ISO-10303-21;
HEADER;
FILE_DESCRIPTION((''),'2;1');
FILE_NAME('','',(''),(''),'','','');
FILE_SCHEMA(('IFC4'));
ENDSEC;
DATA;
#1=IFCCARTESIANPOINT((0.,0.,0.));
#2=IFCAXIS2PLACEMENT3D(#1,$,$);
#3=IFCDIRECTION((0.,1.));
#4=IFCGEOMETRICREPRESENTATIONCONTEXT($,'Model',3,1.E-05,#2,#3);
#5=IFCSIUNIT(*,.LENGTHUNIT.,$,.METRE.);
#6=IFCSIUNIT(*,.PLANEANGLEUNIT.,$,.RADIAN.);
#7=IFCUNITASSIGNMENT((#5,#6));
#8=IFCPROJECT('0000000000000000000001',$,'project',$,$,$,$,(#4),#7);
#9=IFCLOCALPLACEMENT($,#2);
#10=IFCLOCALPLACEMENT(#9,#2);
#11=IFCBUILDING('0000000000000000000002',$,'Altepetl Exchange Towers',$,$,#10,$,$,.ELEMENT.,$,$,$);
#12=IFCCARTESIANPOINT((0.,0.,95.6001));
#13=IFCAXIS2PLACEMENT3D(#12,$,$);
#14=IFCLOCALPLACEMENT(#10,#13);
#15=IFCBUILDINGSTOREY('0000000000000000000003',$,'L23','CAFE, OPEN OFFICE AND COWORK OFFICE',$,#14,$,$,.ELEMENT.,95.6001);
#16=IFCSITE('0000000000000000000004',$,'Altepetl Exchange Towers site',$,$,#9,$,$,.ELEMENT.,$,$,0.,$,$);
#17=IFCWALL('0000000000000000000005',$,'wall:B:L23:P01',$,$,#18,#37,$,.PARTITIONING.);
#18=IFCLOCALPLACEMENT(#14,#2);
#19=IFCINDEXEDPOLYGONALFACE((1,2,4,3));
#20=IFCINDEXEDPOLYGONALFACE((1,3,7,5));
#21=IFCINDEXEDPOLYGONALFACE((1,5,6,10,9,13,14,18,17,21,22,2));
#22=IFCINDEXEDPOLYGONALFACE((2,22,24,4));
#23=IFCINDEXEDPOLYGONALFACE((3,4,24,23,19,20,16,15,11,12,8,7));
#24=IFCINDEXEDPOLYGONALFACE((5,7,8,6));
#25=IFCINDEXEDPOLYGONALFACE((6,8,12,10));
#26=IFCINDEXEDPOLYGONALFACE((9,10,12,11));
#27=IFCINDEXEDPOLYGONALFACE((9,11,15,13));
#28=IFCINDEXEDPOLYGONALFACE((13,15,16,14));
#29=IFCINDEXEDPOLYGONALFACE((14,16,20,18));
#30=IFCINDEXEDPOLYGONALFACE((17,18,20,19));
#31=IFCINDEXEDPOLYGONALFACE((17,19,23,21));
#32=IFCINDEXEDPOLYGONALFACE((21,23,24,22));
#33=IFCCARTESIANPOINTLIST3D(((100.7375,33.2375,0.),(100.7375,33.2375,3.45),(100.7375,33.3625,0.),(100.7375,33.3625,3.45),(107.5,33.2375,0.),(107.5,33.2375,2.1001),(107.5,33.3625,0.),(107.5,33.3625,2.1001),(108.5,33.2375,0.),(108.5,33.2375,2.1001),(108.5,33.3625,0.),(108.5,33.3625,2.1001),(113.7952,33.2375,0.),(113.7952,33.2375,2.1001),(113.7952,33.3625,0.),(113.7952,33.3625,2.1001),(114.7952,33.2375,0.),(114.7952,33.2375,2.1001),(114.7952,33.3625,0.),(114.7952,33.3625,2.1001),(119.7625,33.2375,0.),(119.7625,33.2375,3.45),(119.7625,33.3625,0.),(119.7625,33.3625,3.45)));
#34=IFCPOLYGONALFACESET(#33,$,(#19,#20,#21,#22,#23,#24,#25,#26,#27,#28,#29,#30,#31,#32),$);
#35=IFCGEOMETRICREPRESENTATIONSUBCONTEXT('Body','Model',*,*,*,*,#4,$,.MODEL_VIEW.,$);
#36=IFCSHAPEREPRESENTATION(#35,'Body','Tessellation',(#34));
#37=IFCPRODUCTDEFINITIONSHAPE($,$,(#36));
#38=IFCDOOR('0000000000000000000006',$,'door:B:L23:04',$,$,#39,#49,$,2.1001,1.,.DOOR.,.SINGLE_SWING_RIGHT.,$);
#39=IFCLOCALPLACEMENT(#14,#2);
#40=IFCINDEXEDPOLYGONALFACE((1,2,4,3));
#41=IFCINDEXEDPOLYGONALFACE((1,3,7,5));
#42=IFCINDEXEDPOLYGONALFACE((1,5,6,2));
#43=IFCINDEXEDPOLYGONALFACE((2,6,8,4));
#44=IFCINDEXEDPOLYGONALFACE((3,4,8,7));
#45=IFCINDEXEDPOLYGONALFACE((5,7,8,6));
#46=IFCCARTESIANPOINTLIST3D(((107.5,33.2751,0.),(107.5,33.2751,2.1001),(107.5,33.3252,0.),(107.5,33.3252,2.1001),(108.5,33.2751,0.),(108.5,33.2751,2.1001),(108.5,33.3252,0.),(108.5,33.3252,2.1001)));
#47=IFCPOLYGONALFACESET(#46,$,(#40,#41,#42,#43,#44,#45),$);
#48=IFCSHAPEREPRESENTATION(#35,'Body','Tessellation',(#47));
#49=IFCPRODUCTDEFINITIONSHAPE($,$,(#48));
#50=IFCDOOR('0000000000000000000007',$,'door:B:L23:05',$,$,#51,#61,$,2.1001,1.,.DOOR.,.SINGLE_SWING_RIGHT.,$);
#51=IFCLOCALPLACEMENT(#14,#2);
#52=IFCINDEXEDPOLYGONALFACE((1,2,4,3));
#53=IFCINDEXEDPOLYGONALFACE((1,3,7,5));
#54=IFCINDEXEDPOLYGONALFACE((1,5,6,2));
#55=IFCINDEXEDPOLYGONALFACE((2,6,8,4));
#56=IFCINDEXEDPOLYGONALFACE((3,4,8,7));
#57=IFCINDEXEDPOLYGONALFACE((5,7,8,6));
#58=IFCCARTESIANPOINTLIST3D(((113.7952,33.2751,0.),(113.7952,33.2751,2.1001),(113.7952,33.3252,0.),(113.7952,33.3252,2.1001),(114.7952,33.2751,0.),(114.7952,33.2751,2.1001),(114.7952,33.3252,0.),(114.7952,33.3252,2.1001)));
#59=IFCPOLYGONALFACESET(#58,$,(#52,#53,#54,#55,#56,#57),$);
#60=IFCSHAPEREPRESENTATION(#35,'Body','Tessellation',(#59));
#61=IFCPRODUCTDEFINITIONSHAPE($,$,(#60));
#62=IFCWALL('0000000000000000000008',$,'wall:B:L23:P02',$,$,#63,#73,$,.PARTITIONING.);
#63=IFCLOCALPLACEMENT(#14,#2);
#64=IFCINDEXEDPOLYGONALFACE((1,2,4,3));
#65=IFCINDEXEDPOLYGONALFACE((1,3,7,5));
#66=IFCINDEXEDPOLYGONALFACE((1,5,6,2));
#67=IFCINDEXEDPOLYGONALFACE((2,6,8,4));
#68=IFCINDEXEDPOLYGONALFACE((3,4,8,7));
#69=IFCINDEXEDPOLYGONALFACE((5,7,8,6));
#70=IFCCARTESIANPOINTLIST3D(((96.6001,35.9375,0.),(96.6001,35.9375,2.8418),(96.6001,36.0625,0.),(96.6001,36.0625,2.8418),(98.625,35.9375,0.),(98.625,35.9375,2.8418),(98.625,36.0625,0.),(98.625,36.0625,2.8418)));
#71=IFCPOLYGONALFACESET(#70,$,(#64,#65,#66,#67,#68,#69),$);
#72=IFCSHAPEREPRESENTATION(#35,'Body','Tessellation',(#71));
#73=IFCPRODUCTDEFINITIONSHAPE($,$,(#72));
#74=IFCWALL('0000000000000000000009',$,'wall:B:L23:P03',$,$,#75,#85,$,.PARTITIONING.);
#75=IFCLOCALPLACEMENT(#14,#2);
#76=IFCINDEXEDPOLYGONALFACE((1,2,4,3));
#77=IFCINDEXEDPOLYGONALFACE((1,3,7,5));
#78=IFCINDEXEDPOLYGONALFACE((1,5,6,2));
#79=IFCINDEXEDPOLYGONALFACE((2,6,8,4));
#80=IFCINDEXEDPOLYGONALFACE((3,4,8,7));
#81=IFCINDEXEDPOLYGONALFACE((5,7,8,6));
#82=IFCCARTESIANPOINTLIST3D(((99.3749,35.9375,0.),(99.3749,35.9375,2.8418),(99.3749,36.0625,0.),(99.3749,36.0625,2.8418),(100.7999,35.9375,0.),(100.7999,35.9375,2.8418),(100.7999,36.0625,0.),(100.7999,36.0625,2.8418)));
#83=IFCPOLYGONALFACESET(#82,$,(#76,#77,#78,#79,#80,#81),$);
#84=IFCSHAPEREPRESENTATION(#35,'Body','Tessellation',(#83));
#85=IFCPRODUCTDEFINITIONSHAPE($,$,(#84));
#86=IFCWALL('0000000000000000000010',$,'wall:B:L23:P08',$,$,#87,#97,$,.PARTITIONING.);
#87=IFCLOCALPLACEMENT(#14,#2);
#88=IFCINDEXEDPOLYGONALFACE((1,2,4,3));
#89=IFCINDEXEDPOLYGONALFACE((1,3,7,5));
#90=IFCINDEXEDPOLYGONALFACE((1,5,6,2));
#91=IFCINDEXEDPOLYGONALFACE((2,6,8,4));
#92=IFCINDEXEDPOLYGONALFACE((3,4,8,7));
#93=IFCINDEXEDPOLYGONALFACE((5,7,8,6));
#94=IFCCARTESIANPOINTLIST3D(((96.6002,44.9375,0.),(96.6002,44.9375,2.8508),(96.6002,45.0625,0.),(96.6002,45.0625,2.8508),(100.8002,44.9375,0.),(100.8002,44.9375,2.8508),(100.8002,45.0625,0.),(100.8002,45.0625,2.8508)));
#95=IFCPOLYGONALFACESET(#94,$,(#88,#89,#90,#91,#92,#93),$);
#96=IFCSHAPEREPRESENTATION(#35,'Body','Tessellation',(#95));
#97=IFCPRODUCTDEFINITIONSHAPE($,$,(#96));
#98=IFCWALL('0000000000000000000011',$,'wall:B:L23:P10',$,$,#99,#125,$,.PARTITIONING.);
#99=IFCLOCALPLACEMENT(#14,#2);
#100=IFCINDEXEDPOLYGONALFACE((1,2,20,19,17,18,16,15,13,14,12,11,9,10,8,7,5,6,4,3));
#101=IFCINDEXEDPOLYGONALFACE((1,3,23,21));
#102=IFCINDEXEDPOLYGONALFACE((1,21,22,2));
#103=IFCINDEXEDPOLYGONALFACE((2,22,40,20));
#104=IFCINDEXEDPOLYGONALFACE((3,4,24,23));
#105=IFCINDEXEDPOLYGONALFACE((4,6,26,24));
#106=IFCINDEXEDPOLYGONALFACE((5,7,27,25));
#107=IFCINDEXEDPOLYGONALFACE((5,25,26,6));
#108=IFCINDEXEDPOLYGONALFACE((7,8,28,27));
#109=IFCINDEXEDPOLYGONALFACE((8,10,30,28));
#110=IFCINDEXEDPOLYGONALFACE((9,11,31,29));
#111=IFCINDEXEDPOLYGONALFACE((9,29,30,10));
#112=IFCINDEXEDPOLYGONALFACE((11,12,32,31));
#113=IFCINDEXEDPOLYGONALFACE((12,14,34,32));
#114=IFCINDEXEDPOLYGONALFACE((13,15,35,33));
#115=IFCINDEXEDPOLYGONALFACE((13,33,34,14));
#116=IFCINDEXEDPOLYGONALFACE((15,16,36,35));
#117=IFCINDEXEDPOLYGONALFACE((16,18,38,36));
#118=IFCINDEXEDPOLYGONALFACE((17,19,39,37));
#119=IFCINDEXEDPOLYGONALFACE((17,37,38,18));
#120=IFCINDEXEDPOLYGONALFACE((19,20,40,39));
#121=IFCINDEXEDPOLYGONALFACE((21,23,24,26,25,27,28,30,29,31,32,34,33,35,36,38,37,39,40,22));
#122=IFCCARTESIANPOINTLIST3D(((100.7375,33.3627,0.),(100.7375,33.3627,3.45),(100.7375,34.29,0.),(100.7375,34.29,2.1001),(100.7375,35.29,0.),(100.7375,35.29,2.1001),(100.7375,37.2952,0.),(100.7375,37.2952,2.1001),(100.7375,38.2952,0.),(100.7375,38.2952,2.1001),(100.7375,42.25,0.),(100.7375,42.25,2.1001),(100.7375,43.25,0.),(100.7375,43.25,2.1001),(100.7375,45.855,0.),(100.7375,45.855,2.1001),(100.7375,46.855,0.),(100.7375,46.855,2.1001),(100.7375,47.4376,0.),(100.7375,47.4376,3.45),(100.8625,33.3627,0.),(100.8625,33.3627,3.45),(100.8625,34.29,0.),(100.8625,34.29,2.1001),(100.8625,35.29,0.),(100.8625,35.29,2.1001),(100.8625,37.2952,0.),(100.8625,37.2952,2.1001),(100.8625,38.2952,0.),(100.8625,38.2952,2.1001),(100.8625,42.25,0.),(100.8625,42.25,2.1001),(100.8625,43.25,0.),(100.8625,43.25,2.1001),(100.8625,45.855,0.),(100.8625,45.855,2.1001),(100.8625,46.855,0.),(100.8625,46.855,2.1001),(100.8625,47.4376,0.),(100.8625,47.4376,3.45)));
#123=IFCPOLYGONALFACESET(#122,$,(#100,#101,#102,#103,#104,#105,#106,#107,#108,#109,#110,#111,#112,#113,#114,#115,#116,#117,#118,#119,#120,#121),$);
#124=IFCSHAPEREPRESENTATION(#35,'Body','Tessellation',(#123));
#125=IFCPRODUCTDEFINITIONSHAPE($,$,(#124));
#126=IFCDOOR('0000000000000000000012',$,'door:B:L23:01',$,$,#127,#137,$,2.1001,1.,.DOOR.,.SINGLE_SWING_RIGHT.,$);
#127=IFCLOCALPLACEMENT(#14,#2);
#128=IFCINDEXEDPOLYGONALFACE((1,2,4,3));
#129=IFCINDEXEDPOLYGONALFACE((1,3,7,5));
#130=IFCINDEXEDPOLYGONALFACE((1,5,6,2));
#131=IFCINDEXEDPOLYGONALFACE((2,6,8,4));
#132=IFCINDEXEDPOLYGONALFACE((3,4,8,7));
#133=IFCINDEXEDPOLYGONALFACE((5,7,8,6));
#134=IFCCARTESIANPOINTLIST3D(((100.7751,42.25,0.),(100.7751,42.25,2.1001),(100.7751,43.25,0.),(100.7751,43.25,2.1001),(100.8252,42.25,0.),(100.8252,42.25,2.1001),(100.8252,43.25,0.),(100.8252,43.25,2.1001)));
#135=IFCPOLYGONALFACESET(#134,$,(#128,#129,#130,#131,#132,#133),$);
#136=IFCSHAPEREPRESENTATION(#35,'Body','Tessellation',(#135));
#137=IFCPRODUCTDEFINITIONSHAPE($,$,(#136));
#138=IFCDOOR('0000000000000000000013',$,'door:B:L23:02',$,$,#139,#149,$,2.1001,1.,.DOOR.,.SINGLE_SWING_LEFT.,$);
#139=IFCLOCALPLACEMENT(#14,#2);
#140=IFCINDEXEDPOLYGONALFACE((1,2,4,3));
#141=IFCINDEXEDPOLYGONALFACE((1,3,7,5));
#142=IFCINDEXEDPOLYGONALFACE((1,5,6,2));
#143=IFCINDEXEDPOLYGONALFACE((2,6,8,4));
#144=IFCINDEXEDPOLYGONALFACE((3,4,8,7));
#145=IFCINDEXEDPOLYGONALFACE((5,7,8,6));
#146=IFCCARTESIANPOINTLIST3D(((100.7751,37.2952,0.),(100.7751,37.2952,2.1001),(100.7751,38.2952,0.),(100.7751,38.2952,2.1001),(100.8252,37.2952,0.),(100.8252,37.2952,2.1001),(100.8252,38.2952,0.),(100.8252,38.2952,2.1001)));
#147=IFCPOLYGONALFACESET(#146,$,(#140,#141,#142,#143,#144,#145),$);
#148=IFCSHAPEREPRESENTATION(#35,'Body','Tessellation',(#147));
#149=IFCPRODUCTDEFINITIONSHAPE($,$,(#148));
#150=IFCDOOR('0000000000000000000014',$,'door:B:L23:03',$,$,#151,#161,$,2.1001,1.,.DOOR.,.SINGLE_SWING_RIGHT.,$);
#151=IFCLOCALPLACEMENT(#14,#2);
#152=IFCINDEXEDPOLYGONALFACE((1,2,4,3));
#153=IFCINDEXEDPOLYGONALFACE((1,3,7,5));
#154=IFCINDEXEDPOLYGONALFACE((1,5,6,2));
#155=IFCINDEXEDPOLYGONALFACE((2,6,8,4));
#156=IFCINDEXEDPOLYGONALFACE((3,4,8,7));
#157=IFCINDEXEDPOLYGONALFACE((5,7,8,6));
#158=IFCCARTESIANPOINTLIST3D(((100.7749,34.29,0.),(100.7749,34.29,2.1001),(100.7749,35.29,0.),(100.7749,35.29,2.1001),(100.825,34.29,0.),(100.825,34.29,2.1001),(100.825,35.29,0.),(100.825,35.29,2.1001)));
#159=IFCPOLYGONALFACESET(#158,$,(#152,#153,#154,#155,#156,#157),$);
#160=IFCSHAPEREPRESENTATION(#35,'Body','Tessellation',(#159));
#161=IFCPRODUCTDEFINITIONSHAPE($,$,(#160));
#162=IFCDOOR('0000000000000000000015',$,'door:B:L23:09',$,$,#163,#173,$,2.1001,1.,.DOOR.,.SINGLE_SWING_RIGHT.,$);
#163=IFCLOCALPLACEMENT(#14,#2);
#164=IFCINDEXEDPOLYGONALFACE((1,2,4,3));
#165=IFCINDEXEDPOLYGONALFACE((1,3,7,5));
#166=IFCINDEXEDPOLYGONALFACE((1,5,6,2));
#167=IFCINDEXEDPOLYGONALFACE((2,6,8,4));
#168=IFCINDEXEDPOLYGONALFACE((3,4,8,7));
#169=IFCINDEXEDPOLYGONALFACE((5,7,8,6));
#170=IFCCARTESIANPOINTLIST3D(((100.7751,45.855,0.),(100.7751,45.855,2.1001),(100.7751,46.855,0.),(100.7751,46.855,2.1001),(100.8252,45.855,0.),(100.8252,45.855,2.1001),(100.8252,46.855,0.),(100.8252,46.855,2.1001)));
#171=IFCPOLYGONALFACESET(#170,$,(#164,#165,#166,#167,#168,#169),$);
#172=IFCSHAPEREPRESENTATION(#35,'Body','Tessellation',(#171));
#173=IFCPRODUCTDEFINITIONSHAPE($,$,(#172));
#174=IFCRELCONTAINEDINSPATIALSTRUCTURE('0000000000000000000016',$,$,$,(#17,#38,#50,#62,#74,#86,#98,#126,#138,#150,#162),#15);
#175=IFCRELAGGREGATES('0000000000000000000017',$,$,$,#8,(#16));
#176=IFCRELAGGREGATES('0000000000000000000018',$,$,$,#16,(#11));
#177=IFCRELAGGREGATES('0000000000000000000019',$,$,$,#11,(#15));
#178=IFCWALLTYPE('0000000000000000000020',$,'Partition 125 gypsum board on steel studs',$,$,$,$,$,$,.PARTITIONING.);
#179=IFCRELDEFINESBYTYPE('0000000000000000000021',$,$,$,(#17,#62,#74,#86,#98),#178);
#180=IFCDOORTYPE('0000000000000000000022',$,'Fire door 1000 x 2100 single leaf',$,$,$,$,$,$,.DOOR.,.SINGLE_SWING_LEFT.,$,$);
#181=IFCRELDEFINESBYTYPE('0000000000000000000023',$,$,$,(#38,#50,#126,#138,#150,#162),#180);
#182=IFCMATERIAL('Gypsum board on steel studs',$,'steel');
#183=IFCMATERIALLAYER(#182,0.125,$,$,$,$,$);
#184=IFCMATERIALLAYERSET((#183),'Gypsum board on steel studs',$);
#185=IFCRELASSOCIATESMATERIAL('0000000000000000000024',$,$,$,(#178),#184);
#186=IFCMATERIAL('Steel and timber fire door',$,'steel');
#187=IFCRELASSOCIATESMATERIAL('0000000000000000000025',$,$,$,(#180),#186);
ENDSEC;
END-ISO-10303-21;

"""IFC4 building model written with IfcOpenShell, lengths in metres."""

from ifc_helpers import new_model, si_unit, direction, frame, frame_2d, origin, place, context, subcontext, project, spatial, rectangle, extrude, material, layer, layer_set, type_object, element, fill, save


model = new_model("IFC4")

# Units and contexts
model_context = context("Model", 3, precision=1e-05, world=origin(), true_north=direction((0.0, 1.0)))
body_context = subcontext(model_context, "Body", "Model", "MODEL_VIEW")
ifc_project = project(units=[si_unit("LENGTHUNIT", "METRE"), si_unit("PLANEANGLEUNIT", "RADIAN")], contexts=[model_context])

# Site, building, storey
site_placement = place(None, origin())
site = spatial("IfcSite", under=ifc_project, at=site_placement, Name="Altepetl Exchange Towers site", CompositionType="ELEMENT", RefElevation=0.0)
building_placement = place(site_placement, origin())
building = spatial("IfcBuilding", under=site, at=building_placement, Name="Altepetl Exchange Towers", CompositionType="ELEMENT")
storey_placement = place(building_placement, frame((0.0, 0.0, 95.6001)))
storey = spatial("IfcBuildingStorey", under=building, at=storey_placement, Name="L23", Description="CAFE, OPEN OFFICE AND COWORK OFFICE", CompositionType="ELEMENT", Elevation=95.6001)

# Wall, openings, doors
ifc_material_1 = material(Name="Gypsum board on steel studs", Category="steel")
ifc_layer_1 = layer(ifc_material_1, 0.125)
ifc_layer_set_1 = layer_set([ifc_layer_1], Name="Gypsum board on steel studs")
wall_type_1 = type_object("IfcWallType", Name="Partition 125 gypsum board on steel studs", PredefinedType="PARTITIONING", material=ifc_layer_set_1)
wall_1_placement = place(storey_placement, frame((100.7375, 33.3, 0.0)))
wall_1 = element("IfcWall", 1, at=wall_1_placement, inside=storey, type_object=wall_type_1, Name="wall:B:L23:P01", PredefinedType="PARTITIONING", context=body_context, shape_type="SweptSolid", body=[
    extrude(rectangle(XDim=19.0249, YDim=0.125, at=frame_2d((9.5125, 0.0))), origin(), (0.0, 0.0, 1.0), 3.45),
])
opening_1_placement = place(wall_1_placement, frame((6.7625, 0.0, 0.0)))
opening_1 = element("IfcOpeningElement", 2, at=opening_1_placement, cuts=wall_1, PredefinedType="OPENING", context=body_context, shape_type="SweptSolid", body=[
    extrude(rectangle(XDim=1.0, YDim=2.1001, at=frame_2d((0.5, 1.05))), frame((0.0, 0.0725, 0.0), z_axis=(0.0, -1.0, 0.0), x_axis=(1.0, 0.0, 0.0)), (0.0, 0.0, 1.0), 0.145),
])
opening_2_placement = place(wall_1_placement, frame((13.0576, 0.0, 0.0)))
opening_2 = element("IfcOpeningElement", 3, at=opening_2_placement, cuts=wall_1, PredefinedType="OPENING", context=body_context, shape_type="SweptSolid", body=[
    extrude(rectangle(XDim=1.0, YDim=2.1001, at=frame_2d((0.5, 1.05))), frame((0.0, 0.0725, 0.0), z_axis=(0.0, -1.0, 0.0), x_axis=(1.0, 0.0, 0.0)), (0.0, 0.0, 1.0), 0.145),
])
ifc_material_2 = material(Name="Steel and timber fire door", Category="steel")
door_type = type_object("IfcDoorType", Name="Fire door 1000 x 2100 single leaf", OperationType="SINGLE_SWING_LEFT", PredefinedType="DOOR", material=ifc_material_2)
door_1_placement = place(opening_1_placement, frame((1.0, 0.0, 0.0), x_axis=(-1.0, 0.0, 0.0)))
door_1 = element("IfcDoor", 4, at=door_1_placement, inside=storey, type_object=door_type, Name="door:B:L23:04", OperationType="SINGLE_SWING_RIGHT", OverallHeight=2.1001, OverallWidth=1.0, PredefinedType="DOOR", context=body_context, shape_type="SweptSolid", body=[
    extrude(rectangle(XDim=1.0, YDim=2.1001, at=frame_2d((0.5, 1.05))), frame((0.0, 0.0249, 0.0), z_axis=(0.0, -1.0, 0.0), x_axis=(1.0, 0.0, 0.0)), (0.0, 0.0, 1.0), 0.05),
])
fill(opening_1, door_1)
door_2_placement = place(opening_2_placement, frame((1.0, 0.0, 0.0), x_axis=(-1.0, 0.0, 0.0)))
door_2 = element("IfcDoor", 5, at=door_2_placement, inside=storey, type_object=door_type, Name="door:B:L23:05", OperationType="SINGLE_SWING_RIGHT", OverallHeight=2.1001, OverallWidth=1.0, PredefinedType="DOOR", context=body_context, shape_type="SweptSolid", body=[
    extrude(rectangle(XDim=1.0, YDim=2.1001, at=frame_2d((0.5, 1.05))), frame((0.0, 0.0249, 0.0), z_axis=(0.0, -1.0, 0.0), x_axis=(1.0, 0.0, 0.0)), (0.0, 0.0, 1.0), 0.05),
])
fill(opening_2, door_2)

# Walls
wall_2_placement = place(storey_placement, frame((96.6001, 36.0, 0.0)))
element("IfcWall", 6, at=wall_2_placement, inside=storey, type_object=wall_type_1, Name="wall:B:L23:P02", PredefinedType="PARTITIONING", context=body_context, shape_type="SweptSolid", body=[
    extrude(rectangle(XDim=2.0249, YDim=0.125, at=frame_2d((1.0125, 0.0))), origin(), (0.0, 0.0, 1.0), 2.8418),
])
wall_3_placement = place(storey_placement, frame((99.375, 36.0, 0.0)))
element("IfcWall", 7, at=wall_3_placement, inside=storey, type_object=wall_type_1, Name="wall:B:L23:P03", PredefinedType="PARTITIONING", context=body_context, shape_type="SweptSolid", body=[
    extrude(rectangle(XDim=1.425, YDim=0.125, at=frame_2d((0.7124, 0.0))), origin(), (0.0, 0.0, 1.0), 2.8418),
])
wall_4_placement = place(storey_placement, frame((96.6001, 45.0, 0.0)))
element("IfcWall", 8, at=wall_4_placement, inside=storey, type_object=wall_type_1, Name="wall:B:L23:P08", PredefinedType="PARTITIONING", context=body_context, shape_type="SweptSolid", body=[
    extrude(rectangle(XDim=4.2, YDim=0.125, at=frame_2d((2.1001, 0.0))), origin(), (0.0, 0.0, 1.0), 2.8508),
])

# Wall, openings, doors
wall_5_placement = place(storey_placement, frame((100.8, 33.3625, 0.0), z_axis=(0.0, 0.0, 1.0), x_axis=(0.0, 1.0, 0.0)))
wall_5 = element("IfcWall", 9, at=wall_5_placement, inside=storey, type_object=wall_type_1, Name="wall:B:L23:P10", PredefinedType="PARTITIONING", context=body_context, shape_type="SweptSolid", body=[
    extrude(rectangle(XDim=14.075, YDim=0.125, at=frame_2d((7.0376, 0.0))), origin(), (0.0, 0.0, 1.0), 3.45),
])
opening_3_placement = place(wall_5_placement, frame((8.8875, 0.0, 0.0)))
opening_3 = element("IfcOpeningElement", 10, at=opening_3_placement, cuts=wall_5, PredefinedType="OPENING", context=body_context, shape_type="SweptSolid", body=[
    extrude(rectangle(XDim=1.0, YDim=2.1001, at=frame_2d((0.5, 1.05))), frame((0.0, 0.0725, 0.0), z_axis=(0.0, -1.0, 0.0), x_axis=(1.0, 0.0, 0.0)), (0.0, 0.0, 1.0), 0.145),
])
opening_4_placement = place(wall_5_placement, frame((3.9326, 0.0, 0.0)))
opening_4 = element("IfcOpeningElement", 11, at=opening_4_placement, cuts=wall_5, PredefinedType="OPENING", context=body_context, shape_type="SweptSolid", body=[
    extrude(rectangle(XDim=1.0, YDim=2.1001, at=frame_2d((0.5, 1.05))), frame((0.0, 0.0725, 0.0), z_axis=(0.0, -1.0, 0.0), x_axis=(1.0, 0.0, 0.0)), (0.0, 0.0, 1.0), 0.145),
])
opening_5_placement = place(wall_5_placement, frame((0.9275, 0.0, 0.0)))
opening_5 = element("IfcOpeningElement", 12, at=opening_5_placement, cuts=wall_5, PredefinedType="OPENING", context=body_context, shape_type="SweptSolid", body=[
    extrude(rectangle(XDim=1.0, YDim=2.1001, at=frame_2d((0.5, 1.05))), frame((0.0, 0.0725, 0.0), z_axis=(0.0, -1.0, 0.0), x_axis=(1.0, 0.0, 0.0)), (0.0, 0.0, 1.0), 0.145),
])
opening_6_placement = place(wall_5_placement, frame((12.4924, 0.0, 0.0)))
opening_6 = element("IfcOpeningElement", 13, at=opening_6_placement, cuts=wall_5, PredefinedType="OPENING", context=body_context, shape_type="SweptSolid", body=[
    extrude(rectangle(XDim=1.0, YDim=2.1001, at=frame_2d((0.5, 1.05))), frame((0.0, 0.0725, 0.0), z_axis=(0.0, -1.0, 0.0), x_axis=(1.0, 0.0, 0.0)), (0.0, 0.0, 1.0), 0.145),
])
door_3_placement = place(opening_3_placement, origin())
door_3 = element("IfcDoor", 14, at=door_3_placement, inside=storey, type_object=door_type, Name="door:B:L23:01", OperationType="SINGLE_SWING_RIGHT", OverallHeight=2.1001, OverallWidth=1.0, PredefinedType="DOOR", context=body_context, shape_type="SweptSolid", body=[
    extrude(rectangle(XDim=1.0, YDim=2.1001, at=frame_2d((0.5, 1.05))), frame((0.0, 0.0249, 0.0), z_axis=(0.0, -1.0, 0.0), x_axis=(1.0, 0.0, 0.0)), (0.0, 0.0, 1.0), 0.05),
])
fill(opening_3, door_3)
door_4_placement = place(opening_4_placement, origin())
door_4 = element("IfcDoor", 15, at=door_4_placement, inside=storey, type_object=door_type, Name="door:B:L23:02", OperationType="SINGLE_SWING_LEFT", OverallHeight=2.1001, OverallWidth=1.0, PredefinedType="DOOR", context=body_context, shape_type="SweptSolid", body=[
    extrude(rectangle(XDim=1.0, YDim=2.1001, at=frame_2d((0.5, 1.05))), frame((0.0, 0.0249, 0.0), z_axis=(0.0, -1.0, 0.0), x_axis=(1.0, 0.0, 0.0)), (0.0, 0.0, 1.0), 0.05),
])
fill(opening_4, door_4)
door_5_placement = place(opening_5_placement, frame((1.0, 0.0, 0.0), x_axis=(-1.0, 0.0, 0.0)))
door_5 = element("IfcDoor", 16, at=door_5_placement, inside=storey, type_object=door_type, Name="door:B:L23:03", OperationType="SINGLE_SWING_RIGHT", OverallHeight=2.1001, OverallWidth=1.0, PredefinedType="DOOR", context=body_context, shape_type="SweptSolid", body=[
    extrude(rectangle(XDim=1.0, YDim=2.1001, at=frame_2d((0.5, 1.05))), frame((0.0, 0.0249, 0.0), z_axis=(0.0, -1.0, 0.0), x_axis=(1.0, 0.0, 0.0)), (0.0, 0.0, 1.0), 0.05),
])
fill(opening_5, door_5)
door_6_placement = place(opening_6_placement, origin())
door_6 = element("IfcDoor", 17, at=door_6_placement, inside=storey, type_object=door_type, Name="door:B:L23:09", OperationType="SINGLE_SWING_RIGHT", OverallHeight=2.1001, OverallWidth=1.0, PredefinedType="DOOR", context=body_context, shape_type="SweptSolid", body=[
    extrude(rectangle(XDim=1.0, YDim=2.1001, at=frame_2d((0.5, 1.05))), frame((0.0, 0.0249, 0.0), z_axis=(0.0, -1.0, 0.0), x_axis=(1.0, 0.0, 0.0)), (0.0, 0.0, 1.0), 0.05),
])
fill(opening_6, door_6)

save(model, "model.ifc")
